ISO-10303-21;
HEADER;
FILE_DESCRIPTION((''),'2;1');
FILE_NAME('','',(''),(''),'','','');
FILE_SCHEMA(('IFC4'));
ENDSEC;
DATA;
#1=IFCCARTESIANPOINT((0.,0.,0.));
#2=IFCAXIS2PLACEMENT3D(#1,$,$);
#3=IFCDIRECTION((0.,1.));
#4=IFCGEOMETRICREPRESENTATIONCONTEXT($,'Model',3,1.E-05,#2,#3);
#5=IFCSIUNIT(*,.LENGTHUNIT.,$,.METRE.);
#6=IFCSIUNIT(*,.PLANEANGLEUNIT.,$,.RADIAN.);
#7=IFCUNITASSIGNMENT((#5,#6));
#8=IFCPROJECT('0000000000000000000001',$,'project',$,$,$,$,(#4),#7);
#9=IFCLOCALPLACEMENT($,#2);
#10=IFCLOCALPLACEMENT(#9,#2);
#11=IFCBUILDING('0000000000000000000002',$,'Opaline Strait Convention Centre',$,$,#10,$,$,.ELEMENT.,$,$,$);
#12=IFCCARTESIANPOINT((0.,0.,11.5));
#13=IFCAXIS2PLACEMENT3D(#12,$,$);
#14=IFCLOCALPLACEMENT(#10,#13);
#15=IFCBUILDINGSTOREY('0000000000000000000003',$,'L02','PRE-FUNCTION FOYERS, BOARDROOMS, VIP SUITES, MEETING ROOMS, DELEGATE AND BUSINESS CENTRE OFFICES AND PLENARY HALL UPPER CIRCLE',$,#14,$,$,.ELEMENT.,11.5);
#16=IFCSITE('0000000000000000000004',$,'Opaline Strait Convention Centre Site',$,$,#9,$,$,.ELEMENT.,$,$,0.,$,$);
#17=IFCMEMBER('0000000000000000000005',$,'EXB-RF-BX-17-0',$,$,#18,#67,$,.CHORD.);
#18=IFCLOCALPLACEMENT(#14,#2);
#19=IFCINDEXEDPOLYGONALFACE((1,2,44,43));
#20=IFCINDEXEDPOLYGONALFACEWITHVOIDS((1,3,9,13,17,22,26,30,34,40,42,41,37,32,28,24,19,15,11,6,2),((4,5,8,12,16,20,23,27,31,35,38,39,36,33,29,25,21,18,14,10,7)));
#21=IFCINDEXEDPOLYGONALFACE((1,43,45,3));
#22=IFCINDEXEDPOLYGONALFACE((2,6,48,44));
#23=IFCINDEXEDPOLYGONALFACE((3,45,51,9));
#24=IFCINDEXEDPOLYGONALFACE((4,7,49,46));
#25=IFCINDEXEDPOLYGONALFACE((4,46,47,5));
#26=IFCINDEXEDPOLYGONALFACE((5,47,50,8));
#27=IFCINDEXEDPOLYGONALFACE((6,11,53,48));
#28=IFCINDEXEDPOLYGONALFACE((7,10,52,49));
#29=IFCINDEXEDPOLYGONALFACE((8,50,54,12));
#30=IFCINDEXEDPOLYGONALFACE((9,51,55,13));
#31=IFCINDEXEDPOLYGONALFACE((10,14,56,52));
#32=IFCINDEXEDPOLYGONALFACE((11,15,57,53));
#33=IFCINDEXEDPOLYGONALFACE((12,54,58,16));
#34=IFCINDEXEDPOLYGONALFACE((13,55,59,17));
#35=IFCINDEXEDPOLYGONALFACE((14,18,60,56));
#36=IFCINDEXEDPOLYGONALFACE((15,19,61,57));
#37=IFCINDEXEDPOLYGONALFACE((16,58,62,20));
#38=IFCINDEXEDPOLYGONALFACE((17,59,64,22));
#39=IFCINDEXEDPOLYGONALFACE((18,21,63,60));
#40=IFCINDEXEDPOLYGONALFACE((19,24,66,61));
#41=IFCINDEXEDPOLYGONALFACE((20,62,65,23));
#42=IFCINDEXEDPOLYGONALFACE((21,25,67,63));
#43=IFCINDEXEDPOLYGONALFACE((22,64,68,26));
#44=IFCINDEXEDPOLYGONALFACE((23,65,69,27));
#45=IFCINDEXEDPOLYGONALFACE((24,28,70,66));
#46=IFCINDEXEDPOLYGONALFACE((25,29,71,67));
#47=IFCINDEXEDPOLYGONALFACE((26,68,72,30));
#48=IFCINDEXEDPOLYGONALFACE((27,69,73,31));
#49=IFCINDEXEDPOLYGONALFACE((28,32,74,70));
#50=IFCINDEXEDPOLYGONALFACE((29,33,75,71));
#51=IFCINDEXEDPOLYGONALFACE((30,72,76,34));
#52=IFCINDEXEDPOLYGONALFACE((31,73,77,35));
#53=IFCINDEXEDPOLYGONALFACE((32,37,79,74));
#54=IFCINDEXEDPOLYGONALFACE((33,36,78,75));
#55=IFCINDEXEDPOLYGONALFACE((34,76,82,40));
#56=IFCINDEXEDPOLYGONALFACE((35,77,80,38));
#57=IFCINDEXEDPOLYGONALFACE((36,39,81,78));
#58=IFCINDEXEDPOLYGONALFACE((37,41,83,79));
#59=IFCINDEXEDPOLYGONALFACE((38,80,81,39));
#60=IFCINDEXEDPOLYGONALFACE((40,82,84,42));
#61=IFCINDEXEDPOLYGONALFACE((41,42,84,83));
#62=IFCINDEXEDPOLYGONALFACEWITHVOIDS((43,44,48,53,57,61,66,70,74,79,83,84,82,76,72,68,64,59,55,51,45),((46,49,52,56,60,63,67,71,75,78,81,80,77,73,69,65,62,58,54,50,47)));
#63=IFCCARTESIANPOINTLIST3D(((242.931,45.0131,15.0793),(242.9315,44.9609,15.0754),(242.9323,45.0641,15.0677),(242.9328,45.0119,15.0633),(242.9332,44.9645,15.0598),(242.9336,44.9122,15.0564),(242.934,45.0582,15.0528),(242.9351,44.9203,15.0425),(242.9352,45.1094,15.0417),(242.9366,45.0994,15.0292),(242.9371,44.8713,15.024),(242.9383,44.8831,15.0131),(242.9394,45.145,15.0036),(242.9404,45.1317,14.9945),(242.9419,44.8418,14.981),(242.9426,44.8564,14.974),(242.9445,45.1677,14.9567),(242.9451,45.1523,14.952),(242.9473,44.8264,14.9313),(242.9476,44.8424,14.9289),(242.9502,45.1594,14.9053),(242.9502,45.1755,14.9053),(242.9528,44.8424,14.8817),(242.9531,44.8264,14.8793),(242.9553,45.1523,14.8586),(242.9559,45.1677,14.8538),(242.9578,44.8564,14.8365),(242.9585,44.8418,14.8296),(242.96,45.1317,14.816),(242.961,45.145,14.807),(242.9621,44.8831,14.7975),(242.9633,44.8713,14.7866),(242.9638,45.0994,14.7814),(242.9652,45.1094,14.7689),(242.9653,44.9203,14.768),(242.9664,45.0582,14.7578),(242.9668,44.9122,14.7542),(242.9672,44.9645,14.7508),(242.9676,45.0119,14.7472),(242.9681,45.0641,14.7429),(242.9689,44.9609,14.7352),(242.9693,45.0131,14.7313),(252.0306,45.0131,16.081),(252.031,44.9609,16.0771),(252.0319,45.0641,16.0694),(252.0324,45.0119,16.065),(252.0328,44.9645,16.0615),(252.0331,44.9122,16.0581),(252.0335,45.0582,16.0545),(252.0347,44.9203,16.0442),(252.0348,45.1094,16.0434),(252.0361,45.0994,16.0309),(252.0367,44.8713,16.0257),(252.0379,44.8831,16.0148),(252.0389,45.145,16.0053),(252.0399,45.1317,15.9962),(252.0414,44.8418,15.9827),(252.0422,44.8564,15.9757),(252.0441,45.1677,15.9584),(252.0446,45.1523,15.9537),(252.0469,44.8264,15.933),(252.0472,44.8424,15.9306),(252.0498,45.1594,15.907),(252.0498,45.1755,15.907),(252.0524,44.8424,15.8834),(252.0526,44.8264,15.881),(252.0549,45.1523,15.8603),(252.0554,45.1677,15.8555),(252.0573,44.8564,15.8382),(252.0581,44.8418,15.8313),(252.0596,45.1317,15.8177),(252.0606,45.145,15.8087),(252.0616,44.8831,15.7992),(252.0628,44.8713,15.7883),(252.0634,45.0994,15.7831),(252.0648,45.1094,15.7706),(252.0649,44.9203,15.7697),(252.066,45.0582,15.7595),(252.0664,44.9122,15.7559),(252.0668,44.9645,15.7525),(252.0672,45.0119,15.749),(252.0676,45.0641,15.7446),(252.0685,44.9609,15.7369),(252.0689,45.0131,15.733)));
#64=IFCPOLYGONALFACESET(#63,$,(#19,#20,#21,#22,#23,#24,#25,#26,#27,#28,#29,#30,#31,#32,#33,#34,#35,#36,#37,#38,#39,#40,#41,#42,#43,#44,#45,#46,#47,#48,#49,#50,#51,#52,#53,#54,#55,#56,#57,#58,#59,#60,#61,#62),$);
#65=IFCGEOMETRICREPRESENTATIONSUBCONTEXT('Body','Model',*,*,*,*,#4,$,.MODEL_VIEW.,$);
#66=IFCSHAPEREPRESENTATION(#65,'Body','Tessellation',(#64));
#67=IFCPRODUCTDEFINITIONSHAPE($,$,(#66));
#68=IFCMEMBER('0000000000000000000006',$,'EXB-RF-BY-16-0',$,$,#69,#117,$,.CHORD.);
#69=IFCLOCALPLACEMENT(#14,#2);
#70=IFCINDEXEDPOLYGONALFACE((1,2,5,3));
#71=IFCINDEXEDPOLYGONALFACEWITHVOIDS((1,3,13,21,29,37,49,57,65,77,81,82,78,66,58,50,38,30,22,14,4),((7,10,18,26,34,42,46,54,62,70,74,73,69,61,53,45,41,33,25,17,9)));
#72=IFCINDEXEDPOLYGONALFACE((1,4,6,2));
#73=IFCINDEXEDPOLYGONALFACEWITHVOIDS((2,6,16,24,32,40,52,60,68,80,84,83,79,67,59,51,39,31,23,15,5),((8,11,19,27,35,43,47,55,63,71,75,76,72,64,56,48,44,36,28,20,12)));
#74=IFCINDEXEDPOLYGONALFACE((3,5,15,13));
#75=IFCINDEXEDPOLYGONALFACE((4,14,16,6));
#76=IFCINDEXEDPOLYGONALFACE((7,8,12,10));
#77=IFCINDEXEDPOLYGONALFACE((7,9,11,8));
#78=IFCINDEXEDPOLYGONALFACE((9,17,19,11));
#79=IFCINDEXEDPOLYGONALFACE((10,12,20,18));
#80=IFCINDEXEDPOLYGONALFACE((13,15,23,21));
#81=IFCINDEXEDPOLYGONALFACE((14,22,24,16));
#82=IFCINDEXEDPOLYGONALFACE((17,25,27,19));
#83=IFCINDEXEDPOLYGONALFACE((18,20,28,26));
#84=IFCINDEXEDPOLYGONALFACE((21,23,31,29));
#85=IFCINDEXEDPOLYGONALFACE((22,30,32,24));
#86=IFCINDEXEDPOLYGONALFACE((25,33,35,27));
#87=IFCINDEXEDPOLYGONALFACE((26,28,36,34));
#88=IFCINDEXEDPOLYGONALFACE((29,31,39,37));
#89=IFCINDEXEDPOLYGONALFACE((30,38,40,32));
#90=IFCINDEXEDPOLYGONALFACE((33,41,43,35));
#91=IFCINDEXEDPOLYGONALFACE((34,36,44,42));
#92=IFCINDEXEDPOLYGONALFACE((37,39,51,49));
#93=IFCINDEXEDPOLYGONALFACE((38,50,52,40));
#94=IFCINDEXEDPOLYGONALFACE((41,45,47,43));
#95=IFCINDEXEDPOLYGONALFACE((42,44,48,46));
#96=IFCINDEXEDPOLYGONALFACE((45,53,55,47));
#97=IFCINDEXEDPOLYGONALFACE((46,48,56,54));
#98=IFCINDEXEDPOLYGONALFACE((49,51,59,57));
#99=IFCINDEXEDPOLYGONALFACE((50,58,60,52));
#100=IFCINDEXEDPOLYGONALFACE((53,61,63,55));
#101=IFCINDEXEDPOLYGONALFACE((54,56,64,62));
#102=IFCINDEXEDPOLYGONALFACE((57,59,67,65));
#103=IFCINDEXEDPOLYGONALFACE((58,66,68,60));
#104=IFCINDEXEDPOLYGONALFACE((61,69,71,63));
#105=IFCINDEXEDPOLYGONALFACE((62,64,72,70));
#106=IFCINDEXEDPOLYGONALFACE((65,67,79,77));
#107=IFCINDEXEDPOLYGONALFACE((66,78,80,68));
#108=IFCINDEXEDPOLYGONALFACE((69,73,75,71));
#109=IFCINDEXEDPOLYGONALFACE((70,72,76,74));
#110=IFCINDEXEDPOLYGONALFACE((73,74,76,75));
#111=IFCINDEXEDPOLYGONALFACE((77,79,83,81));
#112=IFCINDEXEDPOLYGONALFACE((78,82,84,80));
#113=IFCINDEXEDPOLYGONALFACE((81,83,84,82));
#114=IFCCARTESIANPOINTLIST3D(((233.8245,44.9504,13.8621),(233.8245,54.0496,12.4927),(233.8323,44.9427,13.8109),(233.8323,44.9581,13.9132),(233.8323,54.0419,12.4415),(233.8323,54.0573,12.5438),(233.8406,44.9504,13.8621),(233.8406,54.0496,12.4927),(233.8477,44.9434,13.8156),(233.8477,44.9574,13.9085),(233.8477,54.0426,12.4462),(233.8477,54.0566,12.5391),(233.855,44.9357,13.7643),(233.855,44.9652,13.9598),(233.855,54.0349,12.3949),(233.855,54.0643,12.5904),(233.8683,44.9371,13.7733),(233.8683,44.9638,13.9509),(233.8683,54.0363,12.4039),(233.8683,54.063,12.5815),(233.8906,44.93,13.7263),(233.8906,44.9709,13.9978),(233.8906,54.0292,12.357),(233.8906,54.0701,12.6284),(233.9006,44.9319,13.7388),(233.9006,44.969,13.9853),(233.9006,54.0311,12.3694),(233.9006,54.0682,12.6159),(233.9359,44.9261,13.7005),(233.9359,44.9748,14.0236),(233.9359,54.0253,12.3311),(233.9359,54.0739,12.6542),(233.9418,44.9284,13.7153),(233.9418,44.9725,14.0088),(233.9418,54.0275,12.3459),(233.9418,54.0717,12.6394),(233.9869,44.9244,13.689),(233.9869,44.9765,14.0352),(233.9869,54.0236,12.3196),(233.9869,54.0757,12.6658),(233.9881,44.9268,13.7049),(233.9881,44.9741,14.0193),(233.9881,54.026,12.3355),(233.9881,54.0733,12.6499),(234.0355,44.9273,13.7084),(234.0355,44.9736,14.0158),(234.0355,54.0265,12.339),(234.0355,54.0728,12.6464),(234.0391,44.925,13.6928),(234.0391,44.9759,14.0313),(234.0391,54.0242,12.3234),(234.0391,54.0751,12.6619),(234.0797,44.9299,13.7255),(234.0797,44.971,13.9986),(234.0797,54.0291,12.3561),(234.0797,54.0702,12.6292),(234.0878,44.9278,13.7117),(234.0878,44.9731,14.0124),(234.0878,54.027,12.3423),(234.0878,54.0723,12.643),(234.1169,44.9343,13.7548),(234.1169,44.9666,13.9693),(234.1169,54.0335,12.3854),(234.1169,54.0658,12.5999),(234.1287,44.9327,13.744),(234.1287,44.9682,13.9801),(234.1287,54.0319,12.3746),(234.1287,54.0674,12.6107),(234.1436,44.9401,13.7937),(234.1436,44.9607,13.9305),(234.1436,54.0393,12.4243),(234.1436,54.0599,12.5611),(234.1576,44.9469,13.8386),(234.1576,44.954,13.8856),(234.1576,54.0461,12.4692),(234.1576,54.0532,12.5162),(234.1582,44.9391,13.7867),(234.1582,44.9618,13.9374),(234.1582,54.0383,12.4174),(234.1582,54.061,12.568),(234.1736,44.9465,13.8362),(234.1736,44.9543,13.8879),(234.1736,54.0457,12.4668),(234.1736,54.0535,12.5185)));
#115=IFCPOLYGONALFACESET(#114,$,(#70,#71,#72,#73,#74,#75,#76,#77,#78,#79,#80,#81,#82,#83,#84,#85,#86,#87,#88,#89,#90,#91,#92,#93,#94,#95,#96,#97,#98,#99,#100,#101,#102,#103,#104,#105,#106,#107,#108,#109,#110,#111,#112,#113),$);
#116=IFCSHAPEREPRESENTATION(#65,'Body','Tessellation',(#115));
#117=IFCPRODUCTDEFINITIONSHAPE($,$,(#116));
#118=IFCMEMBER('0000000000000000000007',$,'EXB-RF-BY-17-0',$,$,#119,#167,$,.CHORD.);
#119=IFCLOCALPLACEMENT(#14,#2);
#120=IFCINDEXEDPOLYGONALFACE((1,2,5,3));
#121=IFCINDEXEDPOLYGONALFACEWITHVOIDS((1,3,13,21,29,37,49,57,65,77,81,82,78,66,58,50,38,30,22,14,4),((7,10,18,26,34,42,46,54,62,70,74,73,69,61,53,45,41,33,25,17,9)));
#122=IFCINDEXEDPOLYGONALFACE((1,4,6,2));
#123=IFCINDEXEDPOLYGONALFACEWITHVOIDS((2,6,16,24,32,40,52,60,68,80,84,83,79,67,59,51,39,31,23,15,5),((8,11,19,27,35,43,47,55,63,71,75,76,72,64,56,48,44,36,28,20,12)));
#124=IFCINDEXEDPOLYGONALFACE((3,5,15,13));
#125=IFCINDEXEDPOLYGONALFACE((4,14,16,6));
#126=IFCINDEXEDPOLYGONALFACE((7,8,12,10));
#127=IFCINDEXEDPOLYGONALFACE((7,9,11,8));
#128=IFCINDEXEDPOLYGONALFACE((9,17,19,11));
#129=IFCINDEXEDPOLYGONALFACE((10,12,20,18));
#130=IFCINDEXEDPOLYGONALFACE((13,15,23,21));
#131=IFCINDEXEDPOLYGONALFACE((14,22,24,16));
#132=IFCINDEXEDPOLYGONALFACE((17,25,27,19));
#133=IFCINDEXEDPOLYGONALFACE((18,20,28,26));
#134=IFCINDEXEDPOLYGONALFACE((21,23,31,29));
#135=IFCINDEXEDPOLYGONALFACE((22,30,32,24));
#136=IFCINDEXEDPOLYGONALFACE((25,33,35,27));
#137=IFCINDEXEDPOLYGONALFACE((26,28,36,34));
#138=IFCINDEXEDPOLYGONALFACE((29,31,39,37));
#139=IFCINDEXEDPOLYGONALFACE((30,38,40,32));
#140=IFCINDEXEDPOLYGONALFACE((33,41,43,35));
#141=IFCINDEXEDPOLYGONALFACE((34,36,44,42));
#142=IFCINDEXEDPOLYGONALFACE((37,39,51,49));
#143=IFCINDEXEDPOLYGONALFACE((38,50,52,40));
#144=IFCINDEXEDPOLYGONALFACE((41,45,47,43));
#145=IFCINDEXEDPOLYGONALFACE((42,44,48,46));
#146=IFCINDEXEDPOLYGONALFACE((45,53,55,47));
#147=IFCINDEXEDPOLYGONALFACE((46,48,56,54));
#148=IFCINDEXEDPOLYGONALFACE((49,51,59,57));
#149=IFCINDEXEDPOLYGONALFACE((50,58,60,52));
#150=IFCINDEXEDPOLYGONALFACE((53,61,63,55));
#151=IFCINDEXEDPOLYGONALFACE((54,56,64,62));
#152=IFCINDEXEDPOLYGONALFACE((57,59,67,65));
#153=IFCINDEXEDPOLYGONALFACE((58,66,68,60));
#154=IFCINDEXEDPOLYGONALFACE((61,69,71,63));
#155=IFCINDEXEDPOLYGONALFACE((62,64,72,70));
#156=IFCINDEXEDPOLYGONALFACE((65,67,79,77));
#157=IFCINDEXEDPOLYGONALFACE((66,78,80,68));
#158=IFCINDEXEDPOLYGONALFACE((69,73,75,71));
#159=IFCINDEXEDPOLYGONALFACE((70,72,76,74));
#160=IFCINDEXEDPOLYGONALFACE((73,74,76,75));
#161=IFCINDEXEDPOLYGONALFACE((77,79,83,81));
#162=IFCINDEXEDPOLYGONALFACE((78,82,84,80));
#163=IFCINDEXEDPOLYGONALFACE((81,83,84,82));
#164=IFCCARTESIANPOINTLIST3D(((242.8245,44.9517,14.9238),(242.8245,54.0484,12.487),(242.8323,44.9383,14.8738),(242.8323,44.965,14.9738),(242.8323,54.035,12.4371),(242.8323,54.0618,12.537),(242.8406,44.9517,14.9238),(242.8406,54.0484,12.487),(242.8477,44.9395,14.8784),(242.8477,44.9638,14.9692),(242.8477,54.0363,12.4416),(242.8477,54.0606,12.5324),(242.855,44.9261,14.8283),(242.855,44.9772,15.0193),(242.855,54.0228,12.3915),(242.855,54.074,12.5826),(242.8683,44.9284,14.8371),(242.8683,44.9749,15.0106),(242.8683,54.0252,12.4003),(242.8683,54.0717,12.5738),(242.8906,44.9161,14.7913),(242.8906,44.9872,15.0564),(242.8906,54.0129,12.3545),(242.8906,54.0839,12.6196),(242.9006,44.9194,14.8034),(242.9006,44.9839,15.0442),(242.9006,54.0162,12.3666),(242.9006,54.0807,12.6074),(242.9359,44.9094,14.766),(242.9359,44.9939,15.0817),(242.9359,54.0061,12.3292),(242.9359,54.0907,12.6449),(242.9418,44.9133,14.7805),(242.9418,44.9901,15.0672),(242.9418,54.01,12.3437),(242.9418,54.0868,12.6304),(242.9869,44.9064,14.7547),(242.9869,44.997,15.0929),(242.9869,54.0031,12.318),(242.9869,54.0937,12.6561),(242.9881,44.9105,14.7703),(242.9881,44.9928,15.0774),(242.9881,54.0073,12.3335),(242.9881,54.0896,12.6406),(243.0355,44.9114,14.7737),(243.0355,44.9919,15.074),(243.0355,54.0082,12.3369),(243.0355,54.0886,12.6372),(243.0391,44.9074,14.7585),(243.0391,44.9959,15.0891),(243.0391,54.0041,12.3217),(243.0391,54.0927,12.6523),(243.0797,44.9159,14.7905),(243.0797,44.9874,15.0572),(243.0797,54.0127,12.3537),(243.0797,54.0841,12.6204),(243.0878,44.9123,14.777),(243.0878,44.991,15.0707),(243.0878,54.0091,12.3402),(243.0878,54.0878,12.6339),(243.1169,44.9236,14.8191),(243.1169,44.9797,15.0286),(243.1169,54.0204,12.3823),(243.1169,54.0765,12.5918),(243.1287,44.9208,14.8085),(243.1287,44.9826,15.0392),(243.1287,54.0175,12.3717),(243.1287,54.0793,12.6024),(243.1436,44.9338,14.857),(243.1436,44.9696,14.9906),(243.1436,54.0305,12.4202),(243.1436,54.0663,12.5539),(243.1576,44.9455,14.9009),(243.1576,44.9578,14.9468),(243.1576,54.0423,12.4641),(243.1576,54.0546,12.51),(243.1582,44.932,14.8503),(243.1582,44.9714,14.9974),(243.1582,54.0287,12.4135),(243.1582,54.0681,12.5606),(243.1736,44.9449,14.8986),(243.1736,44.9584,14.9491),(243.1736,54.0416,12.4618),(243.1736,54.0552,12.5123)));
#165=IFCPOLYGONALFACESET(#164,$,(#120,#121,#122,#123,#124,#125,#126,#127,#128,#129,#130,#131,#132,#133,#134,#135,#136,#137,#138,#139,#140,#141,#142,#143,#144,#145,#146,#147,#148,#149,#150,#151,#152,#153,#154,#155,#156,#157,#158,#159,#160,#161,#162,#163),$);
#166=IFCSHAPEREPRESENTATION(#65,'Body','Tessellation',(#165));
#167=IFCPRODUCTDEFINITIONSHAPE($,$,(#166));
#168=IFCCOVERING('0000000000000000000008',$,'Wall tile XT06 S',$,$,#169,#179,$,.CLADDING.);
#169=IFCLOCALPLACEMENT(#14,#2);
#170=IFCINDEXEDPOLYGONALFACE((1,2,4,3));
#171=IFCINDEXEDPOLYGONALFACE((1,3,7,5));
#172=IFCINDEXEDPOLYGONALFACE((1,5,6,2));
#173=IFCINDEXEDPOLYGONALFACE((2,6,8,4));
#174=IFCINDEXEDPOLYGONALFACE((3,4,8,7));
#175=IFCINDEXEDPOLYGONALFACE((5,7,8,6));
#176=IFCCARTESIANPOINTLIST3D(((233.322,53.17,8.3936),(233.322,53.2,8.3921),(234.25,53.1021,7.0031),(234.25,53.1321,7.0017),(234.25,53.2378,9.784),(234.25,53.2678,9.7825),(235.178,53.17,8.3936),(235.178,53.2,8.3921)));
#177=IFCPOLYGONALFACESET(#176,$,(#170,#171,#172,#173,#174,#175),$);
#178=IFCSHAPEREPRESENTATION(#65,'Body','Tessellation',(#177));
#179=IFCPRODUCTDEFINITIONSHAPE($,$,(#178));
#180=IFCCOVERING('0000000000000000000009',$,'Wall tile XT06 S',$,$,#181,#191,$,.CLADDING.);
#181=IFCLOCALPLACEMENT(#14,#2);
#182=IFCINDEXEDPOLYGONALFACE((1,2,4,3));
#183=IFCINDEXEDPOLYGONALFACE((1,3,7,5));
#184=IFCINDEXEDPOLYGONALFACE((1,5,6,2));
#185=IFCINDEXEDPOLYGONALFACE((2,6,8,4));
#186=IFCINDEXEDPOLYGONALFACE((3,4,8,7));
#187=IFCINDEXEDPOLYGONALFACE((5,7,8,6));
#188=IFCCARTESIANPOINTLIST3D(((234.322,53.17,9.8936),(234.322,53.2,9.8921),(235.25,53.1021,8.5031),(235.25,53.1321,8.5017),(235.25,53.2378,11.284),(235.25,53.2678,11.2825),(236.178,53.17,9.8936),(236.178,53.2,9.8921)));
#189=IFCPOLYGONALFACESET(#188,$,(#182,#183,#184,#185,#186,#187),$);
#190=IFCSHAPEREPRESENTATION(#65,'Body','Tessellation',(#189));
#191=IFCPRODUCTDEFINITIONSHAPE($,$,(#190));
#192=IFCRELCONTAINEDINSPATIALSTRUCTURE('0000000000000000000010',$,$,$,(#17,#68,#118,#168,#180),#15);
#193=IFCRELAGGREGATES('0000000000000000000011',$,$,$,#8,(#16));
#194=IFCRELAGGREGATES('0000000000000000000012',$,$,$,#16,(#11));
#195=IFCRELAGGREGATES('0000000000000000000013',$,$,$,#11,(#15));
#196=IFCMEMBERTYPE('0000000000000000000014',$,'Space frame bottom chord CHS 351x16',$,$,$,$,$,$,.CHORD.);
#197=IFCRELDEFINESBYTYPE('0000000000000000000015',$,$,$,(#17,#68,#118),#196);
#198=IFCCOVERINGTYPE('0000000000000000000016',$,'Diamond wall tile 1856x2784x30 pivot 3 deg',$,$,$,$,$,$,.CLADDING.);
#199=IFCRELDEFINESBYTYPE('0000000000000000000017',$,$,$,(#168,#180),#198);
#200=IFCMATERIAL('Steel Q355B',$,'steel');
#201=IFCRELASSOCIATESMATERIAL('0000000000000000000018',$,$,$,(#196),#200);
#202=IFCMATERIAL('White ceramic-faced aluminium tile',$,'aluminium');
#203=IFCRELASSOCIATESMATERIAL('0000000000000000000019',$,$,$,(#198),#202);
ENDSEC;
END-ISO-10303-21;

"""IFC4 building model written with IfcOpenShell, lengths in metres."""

from ifc_helpers import new_model, si_unit, direction, frame, origin, origin_2d, place, context, subcontext, project, spatial, polyline, hollow_circle, outline, extrude, material, material_profile, profile_set, type_object, element, save


model = new_model("IFC4")

# Units and contexts
model_context = context("Model", 3, precision=1e-05, world=origin(), true_north=direction((0.0, 1.0)))
body_context = subcontext(model_context, "Body", "Model", "MODEL_VIEW")
ifc_project = project(units=[si_unit("LENGTHUNIT", "METRE"), si_unit("PLANEANGLEUNIT", "RADIAN")], contexts=[model_context])

# Site, building, storey
site_placement = place(None, origin())
site = spatial("IfcSite", under=ifc_project, at=site_placement, Name="Opaline Strait Convention Centre Site", CompositionType="ELEMENT", RefElevation=0.0)
building_placement = place(site_placement, origin())
building = spatial("IfcBuilding", under=site, at=building_placement, Name="Opaline Strait Convention Centre", CompositionType="ELEMENT")
storey_placement = place(building_placement, frame((0.0, 0.0, 11.5)))
storey = spatial("IfcBuildingStorey", under=building, at=storey_placement, Name="L02", Description="PRE-FUNCTION FOYERS, BOARDROOMS, VIP SUITES, MEETING ROOMS, DELEGATE AND BUSINESS CENTRE OFFICES AND PLENARY HALL UPPER CIRCLE", CompositionType="ELEMENT", Elevation=11.5)

# Members
ifc_material_1 = material(Name="Steel Q355B", Category="steel")
ifc_material_profile_1 = material_profile(ifc_material_1, hollow_circle(Radius=0.1755, WallThickness=0.0161, at=origin_2d()), Name="CHS 351x16")
ifc_profile_set_1 = profile_set([ifc_material_profile_1], Name="Steel Q355B")
member_type = type_object("IfcMemberType", Name="Space frame bottom chord CHS 351x16", PredefinedType="CHORD", material=ifc_profile_set_1)
member_1_placement = place(storey_placement, frame((242.9502, 45.0, 14.9053), z_axis=(0.993995, 0.0, 0.109422), x_axis=(0.0, 1.0, 0.0)))
element("IfcMember", 1, at=member_1_placement, inside=storey, type_object=member_type, Name="EXB-RF-BX-17-0", PredefinedType="CHORD", context=body_context, shape_type="SweptSolid", body=[
    extrude(hollow_circle(Radius=0.1755, WallThickness=0.0161, at=origin_2d()), origin(), (0.0, 0.0, 1.0), 9.1545),
])
member_2_placement = place(storey_placement, frame((234.0, 44.9504, 13.8621), z_axis=(0.0, 0.988864, -0.14882), x_axis=(-1.0, 0.0, 0.0)))
element("IfcMember", 2, at=member_2_placement, inside=storey, type_object=member_type, Name="EXB-RF-BY-16-0", PredefinedType="CHORD", context=body_context, shape_type="SweptSolid", body=[
    extrude(hollow_circle(Radius=0.1755, WallThickness=0.0161, at=origin_2d()), origin(), (0.0, 0.0, 1.0), 9.2017),
])
member_3_placement = place(storey_placement, frame((243.0, 44.9517, 14.9238), z_axis=(0.0, 0.965944, -0.258752), x_axis=(-1.0, 0.0, 0.0)))
element("IfcMember", 3, at=member_3_placement, inside=storey, type_object=member_type, Name="EXB-RF-BY-17-0", PredefinedType="CHORD", context=body_context, shape_type="SweptSolid", body=[
    extrude(hollow_circle(Radius=0.1755, WallThickness=0.0161, at=origin_2d()), origin(), (0.0, 0.0, 1.0), 9.4175),
])

# Coverings
ifc_material_2 = material(Name="White ceramic-faced aluminium tile", Category="aluminium")
ifc_material_profile_2 = material_profile(ifc_material_2, outline(polyline([(0.928, 0.0), (0.0, 1.3921), (-0.928, 0.0), (0.0, -1.3921), (0.928, 0.0)])), Name="Diamond tile 1856x2784")
ifc_profile_set_2 = profile_set([ifc_material_profile_2], Name="White ceramic-faced aluminium tile")
covering_type_1 = type_object("IfcCoveringType", Name="Diamond wall tile 1856x2784x30 pivot 3 deg", PredefinedType="CLADDING", material=ifc_profile_set_2)
for number, where, z_axis, x_axis, name in (
    (4, (234.25, 53.2, 8.3921), (0.0, -0.998812, 0.048723), (1.0, 0.0, 0.0), "Wall tile XT06 S"),
    (5, (235.25, 53.2, 9.8921), (0.0, -0.998812, 0.048723), (1.0, 0.0, 0.0), "Wall tile XT06 S"),
):
    element("IfcCovering", number, at=place(storey_placement, frame(where, z_axis=z_axis, x_axis=x_axis)), inside=storey, type_object=covering_type_1, Name=name, PredefinedType="CLADDING", context=body_context, shape_type="SweptSolid", body=[
        extrude(outline(polyline([(0.928, 0.0), (0.0, 1.3921), (-0.928, 0.0), (0.0, -1.3921), (0.928, 0.0)])), origin(), (0.0, 0.0, 1.0), 0.03),
    ])

save(model, "model.ifc")
